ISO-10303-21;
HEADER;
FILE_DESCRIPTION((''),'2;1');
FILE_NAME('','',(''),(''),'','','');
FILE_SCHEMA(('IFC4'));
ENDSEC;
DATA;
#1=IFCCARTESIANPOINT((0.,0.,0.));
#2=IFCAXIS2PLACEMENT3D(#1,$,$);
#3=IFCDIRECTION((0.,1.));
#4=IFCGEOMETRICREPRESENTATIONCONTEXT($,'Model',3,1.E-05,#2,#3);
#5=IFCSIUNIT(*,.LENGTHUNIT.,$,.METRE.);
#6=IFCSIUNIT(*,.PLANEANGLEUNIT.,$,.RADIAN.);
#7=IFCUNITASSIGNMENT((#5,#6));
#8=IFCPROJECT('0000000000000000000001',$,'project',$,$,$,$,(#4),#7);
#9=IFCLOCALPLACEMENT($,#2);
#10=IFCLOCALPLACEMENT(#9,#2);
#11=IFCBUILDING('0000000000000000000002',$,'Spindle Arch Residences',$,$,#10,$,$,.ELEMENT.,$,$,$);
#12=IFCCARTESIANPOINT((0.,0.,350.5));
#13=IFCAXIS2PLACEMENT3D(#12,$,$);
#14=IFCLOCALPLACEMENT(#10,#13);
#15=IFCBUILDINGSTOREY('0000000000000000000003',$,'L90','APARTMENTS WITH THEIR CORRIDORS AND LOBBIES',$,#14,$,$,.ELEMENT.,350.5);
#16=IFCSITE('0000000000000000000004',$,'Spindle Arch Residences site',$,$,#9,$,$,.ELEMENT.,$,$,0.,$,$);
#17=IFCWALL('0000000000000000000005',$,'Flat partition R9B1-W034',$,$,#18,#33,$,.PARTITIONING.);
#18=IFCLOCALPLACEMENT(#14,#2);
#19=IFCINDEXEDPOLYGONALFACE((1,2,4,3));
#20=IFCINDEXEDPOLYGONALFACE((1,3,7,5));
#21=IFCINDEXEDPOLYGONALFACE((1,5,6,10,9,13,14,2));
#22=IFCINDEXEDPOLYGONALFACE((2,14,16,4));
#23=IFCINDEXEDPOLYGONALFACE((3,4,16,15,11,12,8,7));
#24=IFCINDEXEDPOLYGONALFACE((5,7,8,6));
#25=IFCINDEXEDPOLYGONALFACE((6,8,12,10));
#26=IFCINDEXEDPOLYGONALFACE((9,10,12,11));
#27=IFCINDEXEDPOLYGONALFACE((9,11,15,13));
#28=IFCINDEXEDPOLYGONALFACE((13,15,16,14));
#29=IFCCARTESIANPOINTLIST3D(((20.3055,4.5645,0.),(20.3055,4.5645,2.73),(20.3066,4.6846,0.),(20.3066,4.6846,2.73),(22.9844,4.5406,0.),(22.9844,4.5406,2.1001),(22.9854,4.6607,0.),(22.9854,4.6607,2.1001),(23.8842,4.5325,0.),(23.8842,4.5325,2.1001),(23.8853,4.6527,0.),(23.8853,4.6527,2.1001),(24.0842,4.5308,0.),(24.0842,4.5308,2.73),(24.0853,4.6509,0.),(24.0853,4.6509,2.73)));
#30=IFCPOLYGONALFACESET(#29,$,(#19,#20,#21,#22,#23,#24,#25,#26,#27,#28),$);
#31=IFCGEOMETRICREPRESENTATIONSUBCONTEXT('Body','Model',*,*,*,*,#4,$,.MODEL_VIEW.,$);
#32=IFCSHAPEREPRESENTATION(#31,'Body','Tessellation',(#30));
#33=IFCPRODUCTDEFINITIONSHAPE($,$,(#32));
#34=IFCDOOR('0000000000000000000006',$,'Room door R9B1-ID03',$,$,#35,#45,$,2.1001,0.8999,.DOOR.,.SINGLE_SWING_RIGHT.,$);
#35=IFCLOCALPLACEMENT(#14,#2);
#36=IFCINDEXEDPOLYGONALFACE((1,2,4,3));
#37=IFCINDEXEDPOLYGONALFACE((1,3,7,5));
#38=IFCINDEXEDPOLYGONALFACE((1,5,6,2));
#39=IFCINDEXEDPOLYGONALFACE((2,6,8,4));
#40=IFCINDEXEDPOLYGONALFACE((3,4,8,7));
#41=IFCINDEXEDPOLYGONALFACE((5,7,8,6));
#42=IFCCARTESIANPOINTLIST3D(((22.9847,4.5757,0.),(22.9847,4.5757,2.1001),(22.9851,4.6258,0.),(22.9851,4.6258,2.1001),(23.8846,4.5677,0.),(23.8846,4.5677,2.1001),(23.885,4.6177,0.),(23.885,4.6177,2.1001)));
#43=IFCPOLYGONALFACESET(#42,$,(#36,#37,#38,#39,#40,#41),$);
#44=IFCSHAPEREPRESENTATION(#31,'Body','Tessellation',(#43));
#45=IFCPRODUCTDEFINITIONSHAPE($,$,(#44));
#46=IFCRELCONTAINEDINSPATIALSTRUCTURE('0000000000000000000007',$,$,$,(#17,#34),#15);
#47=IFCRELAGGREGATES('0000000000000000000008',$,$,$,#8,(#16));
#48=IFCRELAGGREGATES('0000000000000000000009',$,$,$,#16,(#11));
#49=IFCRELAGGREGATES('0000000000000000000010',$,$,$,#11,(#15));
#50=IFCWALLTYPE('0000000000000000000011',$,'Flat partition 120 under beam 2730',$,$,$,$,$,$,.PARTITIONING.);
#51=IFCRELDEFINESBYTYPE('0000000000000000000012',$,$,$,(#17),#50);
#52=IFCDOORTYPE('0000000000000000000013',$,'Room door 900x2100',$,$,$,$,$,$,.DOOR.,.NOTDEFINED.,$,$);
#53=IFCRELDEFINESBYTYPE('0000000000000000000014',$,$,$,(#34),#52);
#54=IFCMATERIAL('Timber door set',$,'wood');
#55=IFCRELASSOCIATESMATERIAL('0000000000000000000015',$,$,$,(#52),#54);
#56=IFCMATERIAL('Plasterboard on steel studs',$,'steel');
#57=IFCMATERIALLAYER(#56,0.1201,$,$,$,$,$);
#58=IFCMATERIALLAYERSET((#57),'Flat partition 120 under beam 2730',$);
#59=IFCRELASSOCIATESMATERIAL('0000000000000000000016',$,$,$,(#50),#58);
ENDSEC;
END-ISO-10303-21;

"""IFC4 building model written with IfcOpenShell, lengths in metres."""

from ifc_helpers import new_model, si_unit, direction, frame, frame_2d, origin, place, context, subcontext, project, spatial, rectangle, extrude, material, layer, layer_set, type_object, element, fill, save


model = new_model("IFC4")

# Units and contexts
model_context = context("Model", 3, precision=1e-05, world=origin(), true_north=direction((0.0, 1.0)))
body_context = subcontext(model_context, "Body", "Model", "MODEL_VIEW")
ifc_project = project(units=[si_unit("LENGTHUNIT", "METRE"), si_unit("PLANEANGLEUNIT", "RADIAN")], contexts=[model_context])

# Site, building, storey
site_placement = place(None, origin())
site = spatial("IfcSite", under=ifc_project, at=site_placement, Name="Spindle Arch Residences site", CompositionType="ELEMENT", RefElevation=0.0)
building_placement = place(site_placement, origin())
building = spatial("IfcBuilding", under=site, at=building_placement, Name="Spindle Arch Residences", CompositionType="ELEMENT")
storey_placement = place(building_placement, frame((0.0, 0.0, 350.5)))
storey = spatial("IfcBuildingStorey", under=building, at=storey_placement, Name="L90", Description="APARTMENTS WITH THEIR CORRIDORS AND LOBBIES", CompositionType="ELEMENT", Elevation=350.5)

# Shared definitions
ifc_material_1 = material(Name="Timber door set", Category="wood")
door_type = type_object("IfcDoorType", Name="Room door 900x2100", OperationType="NOTDEFINED", PredefinedType="DOOR", material=ifc_material_1)

# Wall, opening, door
ifc_material_2 = material(Name="Plasterboard on steel studs", Category="steel")
ifc_layer_1 = layer(ifc_material_2, 0.1201)
ifc_layer_set_1 = layer_set([ifc_layer_1], Name="Flat partition 120 under beam 2730")
wall_type_1 = type_object("IfcWallType", Name="Flat partition 120 under beam 2730", PredefinedType="PARTITIONING", material=ifc_layer_set_1)
wall_1_placement = place(storey_placement, frame((24.0847, 4.5908, 0.0), z_axis=(0.0, 0.0, 1.0), x_axis=(-0.99996, 0.008916, 0.0)))
wall_1 = element("IfcWall", 1, at=wall_1_placement, inside=storey, type_object=wall_type_1, Name="Flat partition R9B1-W034", PredefinedType="PARTITIONING", context=body_context, shape_type="SweptSolid", body=[
    extrude(rectangle(XDim=3.7788, YDim=0.1201, at=frame_2d((1.8894, 0.0))), origin(), (0.0, 0.0, 1.0), 2.73),
])
opening_1_placement = place(wall_1_placement, frame((0.2, 0.0, 0.0)))
opening_1 = element("IfcOpeningElement", 2, at=opening_1_placement, cuts=wall_1, PredefinedType="OPENING", context=body_context, shape_type="SweptSolid", body=[
    extrude(rectangle(XDim=0.8999, YDim=2.1001, at=frame_2d((0.45, 1.05))), frame((0.0, 0.0701, 0.0), z_axis=(0.0, -1.0, 0.0), x_axis=(1.0, 0.0, 0.0)), (0.0, 0.0, 1.0), 0.1401),
])
door_1_placement = place(opening_1_placement, origin())
door_1 = element("IfcDoor", 3, at=door_1_placement, inside=storey, type_object=door_type, Name="Room door R9B1-ID03", OperationType="SINGLE_SWING_RIGHT", OverallHeight=2.1001, OverallWidth=0.8999, PredefinedType="DOOR", context=body_context, shape_type="SweptSolid", body=[
    extrude(rectangle(XDim=0.8999, YDim=2.1001, at=frame_2d((0.45, 1.05))), frame((0.0, 0.0249, 0.0), z_axis=(0.0, -1.0, 0.0), x_axis=(1.0, 0.0, 0.0)), (0.0, 0.0, 1.0), 0.05),
])
fill(opening_1, door_1)

save(model, "model.ifc")
